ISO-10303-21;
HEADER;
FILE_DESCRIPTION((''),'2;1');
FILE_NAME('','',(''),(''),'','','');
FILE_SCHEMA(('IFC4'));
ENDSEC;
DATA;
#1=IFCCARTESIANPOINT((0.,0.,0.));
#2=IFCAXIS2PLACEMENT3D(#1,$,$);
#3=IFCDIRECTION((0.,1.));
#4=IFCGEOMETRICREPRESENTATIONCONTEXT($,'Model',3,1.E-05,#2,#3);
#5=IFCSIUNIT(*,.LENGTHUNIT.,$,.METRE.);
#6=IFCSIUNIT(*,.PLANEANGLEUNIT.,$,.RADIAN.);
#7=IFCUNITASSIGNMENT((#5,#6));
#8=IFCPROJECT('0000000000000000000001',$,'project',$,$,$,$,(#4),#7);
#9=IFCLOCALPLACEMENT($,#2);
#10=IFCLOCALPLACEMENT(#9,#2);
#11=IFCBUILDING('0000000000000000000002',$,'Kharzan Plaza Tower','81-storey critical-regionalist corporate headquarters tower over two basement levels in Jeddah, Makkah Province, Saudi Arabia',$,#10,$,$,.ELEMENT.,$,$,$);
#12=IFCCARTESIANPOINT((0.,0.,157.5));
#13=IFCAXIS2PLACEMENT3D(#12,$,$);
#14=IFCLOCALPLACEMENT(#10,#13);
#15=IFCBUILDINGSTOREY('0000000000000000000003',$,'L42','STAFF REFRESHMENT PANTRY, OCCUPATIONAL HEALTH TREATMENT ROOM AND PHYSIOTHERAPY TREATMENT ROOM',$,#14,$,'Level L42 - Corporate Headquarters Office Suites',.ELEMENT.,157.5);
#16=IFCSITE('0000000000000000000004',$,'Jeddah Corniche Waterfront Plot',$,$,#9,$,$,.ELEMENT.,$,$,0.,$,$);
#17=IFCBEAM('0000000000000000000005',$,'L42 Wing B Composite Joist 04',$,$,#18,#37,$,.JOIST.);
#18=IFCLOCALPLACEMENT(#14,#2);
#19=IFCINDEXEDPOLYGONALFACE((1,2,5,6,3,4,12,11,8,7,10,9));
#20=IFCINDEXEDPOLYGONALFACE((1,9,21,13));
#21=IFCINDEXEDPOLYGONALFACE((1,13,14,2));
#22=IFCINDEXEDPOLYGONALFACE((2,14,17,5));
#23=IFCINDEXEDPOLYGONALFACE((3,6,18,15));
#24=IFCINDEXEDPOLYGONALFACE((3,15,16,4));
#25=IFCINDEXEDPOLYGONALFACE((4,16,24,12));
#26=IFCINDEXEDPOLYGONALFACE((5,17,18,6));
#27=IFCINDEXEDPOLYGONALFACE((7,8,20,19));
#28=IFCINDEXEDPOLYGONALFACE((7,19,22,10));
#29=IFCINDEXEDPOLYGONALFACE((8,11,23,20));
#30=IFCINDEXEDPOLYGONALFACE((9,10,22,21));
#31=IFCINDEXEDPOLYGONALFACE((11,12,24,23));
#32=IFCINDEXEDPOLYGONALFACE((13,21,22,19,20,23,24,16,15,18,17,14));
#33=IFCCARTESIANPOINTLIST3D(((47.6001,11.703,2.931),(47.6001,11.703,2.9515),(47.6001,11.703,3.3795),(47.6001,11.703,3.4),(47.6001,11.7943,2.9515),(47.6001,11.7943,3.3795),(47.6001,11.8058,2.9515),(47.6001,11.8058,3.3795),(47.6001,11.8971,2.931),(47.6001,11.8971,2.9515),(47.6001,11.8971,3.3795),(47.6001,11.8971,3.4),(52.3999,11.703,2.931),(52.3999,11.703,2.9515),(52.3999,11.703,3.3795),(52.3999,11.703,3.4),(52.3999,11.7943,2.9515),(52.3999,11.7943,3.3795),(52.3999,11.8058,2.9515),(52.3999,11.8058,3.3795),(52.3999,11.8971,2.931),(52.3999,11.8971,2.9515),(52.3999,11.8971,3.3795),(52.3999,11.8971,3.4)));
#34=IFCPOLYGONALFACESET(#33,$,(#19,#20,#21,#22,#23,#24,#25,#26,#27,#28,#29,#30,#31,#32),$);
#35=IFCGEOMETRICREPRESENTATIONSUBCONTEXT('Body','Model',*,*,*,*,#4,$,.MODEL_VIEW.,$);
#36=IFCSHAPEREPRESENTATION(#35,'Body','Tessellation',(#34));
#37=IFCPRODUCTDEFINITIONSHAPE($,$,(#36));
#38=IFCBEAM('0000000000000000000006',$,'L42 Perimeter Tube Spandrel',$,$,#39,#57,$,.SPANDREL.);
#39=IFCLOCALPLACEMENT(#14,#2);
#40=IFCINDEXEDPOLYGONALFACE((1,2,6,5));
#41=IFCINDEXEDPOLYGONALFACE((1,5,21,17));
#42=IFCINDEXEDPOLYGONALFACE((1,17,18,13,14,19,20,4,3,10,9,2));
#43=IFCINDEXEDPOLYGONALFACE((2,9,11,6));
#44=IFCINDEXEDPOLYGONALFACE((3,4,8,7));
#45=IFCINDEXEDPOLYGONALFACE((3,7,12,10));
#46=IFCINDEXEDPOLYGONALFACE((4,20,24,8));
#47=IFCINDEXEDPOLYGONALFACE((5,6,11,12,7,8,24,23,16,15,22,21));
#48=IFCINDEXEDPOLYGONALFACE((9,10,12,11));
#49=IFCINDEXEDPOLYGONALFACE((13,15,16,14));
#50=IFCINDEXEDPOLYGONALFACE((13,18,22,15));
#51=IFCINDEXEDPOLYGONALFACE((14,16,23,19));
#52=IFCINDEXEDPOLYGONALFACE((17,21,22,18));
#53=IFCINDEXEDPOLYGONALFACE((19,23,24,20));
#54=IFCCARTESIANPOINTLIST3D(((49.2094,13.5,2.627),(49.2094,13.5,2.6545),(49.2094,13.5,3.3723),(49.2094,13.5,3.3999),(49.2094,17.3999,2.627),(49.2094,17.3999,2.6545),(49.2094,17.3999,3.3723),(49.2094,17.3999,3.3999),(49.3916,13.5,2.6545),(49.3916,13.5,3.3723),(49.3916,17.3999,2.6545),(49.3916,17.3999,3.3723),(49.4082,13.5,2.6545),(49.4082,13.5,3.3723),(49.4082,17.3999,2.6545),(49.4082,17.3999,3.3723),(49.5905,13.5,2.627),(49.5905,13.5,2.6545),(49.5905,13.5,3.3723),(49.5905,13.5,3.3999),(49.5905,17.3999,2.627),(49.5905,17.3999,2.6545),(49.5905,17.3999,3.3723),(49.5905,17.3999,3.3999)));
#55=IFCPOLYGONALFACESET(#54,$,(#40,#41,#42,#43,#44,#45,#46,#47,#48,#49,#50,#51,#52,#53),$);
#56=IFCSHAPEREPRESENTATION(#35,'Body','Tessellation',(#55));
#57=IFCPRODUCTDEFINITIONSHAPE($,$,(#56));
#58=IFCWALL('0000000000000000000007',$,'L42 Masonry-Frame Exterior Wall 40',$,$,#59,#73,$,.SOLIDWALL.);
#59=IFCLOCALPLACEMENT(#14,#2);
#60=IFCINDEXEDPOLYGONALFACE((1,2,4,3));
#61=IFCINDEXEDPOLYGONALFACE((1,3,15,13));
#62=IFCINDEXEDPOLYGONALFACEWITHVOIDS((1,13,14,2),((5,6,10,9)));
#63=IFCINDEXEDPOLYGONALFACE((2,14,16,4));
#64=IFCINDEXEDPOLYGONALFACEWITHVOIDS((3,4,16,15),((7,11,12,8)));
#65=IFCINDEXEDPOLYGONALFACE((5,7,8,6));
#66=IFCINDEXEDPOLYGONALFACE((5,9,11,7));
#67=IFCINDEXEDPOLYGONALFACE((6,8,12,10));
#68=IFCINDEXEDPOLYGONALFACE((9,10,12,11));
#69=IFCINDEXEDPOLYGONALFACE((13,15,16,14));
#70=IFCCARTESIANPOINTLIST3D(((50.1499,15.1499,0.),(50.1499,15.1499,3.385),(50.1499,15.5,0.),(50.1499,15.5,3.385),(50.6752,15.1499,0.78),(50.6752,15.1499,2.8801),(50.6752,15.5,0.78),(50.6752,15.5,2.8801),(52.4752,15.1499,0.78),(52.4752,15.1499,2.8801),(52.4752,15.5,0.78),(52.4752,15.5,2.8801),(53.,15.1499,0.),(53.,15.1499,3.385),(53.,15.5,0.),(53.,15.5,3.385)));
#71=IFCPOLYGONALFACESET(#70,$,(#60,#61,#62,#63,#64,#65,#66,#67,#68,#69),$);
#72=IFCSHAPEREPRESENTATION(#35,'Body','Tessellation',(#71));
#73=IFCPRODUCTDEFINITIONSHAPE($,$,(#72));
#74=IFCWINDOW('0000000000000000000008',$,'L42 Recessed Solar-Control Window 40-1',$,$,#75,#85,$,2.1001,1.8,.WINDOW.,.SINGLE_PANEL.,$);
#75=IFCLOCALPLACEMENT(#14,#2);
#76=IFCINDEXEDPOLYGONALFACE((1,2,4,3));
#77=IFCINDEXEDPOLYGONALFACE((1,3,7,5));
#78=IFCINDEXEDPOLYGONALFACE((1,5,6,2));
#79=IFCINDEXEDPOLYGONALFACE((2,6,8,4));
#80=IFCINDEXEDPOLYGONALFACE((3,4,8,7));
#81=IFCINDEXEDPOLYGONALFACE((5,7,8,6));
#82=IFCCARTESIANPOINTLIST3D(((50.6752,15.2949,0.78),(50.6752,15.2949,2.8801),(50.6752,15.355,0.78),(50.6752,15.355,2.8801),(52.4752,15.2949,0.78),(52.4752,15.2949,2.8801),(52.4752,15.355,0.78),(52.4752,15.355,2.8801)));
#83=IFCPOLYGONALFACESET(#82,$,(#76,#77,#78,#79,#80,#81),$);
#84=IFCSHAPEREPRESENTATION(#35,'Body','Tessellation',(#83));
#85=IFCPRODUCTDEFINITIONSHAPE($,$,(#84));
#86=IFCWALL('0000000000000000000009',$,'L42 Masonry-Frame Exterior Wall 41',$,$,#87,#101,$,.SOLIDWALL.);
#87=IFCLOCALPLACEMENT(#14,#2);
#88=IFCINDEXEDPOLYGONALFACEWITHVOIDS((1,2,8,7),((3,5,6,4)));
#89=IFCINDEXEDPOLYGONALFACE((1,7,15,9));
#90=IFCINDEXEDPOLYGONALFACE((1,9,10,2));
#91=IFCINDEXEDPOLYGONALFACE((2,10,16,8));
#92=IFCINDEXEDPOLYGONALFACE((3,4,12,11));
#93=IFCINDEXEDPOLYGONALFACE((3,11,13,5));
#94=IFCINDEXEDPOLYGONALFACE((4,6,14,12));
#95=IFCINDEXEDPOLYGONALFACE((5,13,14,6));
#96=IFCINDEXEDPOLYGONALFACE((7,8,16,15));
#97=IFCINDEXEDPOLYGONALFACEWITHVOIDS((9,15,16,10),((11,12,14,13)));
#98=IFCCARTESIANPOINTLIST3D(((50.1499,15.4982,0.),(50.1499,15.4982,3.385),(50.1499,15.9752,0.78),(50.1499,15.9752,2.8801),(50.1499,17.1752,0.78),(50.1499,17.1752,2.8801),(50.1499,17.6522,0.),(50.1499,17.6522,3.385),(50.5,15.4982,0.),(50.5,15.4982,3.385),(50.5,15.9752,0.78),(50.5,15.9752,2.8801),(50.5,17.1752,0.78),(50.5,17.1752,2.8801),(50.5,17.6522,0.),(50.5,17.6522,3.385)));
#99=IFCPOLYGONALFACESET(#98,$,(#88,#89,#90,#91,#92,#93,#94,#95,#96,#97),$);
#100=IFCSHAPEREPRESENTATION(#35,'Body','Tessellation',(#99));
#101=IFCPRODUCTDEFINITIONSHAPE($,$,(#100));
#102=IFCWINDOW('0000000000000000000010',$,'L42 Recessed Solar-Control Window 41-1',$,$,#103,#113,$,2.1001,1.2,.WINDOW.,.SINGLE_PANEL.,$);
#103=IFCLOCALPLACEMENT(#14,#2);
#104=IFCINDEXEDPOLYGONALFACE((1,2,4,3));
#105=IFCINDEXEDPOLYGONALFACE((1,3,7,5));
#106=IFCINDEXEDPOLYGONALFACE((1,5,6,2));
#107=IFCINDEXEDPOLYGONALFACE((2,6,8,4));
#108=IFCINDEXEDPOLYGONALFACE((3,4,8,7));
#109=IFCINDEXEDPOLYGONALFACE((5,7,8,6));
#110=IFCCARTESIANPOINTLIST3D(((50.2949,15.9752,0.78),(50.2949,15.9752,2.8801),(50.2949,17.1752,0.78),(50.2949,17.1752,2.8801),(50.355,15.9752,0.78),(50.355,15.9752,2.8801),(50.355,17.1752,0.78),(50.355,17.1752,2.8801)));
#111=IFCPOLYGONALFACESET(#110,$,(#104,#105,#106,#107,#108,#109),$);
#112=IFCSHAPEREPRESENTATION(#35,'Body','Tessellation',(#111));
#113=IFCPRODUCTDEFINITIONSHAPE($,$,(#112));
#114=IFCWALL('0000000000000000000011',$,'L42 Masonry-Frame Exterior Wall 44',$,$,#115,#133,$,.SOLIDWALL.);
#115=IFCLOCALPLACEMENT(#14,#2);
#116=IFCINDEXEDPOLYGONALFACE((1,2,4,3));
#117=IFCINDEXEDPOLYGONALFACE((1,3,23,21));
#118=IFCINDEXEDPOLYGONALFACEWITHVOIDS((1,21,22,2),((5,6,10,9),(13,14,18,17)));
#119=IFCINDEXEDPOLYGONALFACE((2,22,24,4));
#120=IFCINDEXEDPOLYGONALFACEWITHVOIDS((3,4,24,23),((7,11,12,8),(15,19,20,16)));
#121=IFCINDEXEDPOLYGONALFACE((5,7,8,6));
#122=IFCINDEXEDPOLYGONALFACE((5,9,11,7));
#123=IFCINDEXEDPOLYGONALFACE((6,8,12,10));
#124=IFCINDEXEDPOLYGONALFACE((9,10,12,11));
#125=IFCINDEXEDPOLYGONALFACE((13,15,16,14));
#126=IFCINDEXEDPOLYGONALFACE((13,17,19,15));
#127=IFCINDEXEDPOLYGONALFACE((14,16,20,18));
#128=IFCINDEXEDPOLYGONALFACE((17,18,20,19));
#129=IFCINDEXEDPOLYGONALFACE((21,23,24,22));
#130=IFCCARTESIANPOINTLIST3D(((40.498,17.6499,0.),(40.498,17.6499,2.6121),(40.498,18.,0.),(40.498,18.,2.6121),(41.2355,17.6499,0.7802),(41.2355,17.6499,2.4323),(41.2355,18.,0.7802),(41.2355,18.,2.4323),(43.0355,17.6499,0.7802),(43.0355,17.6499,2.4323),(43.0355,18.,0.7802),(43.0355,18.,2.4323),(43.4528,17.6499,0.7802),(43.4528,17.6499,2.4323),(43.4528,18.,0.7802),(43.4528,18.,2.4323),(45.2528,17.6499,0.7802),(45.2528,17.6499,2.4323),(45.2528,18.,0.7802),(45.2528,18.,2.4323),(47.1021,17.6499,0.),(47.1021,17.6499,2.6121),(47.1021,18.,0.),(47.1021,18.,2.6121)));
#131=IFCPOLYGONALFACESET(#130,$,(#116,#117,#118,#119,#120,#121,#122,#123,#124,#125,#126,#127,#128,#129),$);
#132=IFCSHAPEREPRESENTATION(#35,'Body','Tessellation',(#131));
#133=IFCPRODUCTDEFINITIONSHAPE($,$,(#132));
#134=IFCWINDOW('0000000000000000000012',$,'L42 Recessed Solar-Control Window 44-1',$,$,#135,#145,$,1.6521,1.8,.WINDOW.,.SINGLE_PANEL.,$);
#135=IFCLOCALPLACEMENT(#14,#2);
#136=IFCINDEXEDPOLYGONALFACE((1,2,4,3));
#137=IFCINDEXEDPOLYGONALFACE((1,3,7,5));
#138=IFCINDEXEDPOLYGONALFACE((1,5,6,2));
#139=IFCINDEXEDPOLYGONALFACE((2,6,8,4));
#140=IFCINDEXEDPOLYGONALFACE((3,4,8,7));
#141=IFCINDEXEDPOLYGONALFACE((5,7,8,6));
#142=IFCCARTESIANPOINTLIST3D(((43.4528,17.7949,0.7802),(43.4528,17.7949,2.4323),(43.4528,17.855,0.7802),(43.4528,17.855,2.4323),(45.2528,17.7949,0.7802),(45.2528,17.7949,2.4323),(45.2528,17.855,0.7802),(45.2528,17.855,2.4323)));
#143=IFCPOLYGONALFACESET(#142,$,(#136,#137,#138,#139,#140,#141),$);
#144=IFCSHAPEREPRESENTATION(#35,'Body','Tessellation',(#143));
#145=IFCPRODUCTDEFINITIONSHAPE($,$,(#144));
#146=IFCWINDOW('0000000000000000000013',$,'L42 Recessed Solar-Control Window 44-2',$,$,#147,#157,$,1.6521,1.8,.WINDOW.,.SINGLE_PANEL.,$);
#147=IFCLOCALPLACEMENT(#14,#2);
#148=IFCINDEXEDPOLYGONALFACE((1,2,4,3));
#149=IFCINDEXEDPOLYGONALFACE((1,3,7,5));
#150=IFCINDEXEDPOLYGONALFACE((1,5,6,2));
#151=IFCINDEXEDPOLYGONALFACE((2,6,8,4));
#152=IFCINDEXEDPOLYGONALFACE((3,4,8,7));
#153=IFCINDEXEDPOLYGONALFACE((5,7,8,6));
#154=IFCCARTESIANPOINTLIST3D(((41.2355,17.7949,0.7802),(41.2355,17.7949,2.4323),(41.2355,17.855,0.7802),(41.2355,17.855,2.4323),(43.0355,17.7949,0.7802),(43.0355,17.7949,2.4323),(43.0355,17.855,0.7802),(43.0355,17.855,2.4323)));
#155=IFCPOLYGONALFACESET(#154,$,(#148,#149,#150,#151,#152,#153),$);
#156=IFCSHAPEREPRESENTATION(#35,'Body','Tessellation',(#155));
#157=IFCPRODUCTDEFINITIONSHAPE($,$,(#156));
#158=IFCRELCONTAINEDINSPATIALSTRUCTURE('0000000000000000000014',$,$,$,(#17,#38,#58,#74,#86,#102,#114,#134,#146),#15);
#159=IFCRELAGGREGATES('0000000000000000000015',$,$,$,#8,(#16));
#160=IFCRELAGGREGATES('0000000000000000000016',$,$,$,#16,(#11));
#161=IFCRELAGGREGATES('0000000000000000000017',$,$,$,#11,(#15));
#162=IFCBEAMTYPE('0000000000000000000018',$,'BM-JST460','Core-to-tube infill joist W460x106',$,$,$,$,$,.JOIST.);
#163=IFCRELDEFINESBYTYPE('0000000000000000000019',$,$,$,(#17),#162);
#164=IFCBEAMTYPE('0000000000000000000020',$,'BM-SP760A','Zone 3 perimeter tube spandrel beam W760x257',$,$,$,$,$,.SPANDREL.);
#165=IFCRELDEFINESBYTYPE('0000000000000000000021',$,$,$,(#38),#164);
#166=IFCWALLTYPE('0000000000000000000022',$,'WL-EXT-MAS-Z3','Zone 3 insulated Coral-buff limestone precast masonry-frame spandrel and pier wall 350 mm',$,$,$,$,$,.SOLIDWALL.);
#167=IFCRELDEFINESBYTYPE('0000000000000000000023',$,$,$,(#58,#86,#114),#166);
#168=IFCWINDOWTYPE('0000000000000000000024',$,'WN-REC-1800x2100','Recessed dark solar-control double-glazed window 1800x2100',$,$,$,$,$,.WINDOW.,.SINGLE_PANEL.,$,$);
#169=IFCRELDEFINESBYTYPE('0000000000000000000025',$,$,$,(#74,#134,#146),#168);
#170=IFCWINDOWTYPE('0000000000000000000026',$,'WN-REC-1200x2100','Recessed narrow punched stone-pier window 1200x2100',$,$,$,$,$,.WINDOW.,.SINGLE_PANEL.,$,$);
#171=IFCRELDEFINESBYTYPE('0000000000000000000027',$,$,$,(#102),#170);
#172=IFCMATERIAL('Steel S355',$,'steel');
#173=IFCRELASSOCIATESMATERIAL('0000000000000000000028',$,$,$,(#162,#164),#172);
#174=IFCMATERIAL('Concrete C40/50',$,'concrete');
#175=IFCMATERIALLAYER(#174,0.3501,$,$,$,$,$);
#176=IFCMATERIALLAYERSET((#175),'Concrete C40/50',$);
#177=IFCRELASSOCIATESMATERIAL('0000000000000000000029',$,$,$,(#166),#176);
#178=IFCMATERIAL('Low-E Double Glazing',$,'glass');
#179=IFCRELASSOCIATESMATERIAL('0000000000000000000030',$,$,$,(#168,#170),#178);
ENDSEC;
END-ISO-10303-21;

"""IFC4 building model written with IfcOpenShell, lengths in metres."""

from ifc_helpers import new_model, si_unit, direction, frame, frame_2d, origin, origin_2d, place, context, subcontext, project, spatial, rectangle, i_section, extrude, source, transform, mapped, material, layer, layer_set, material_profile, profile_set, type_object, element, fill, save


model = new_model("IFC4")

# Units and contexts
model_context = context("Model", 3, precision=1e-05, world=origin(), true_north=direction((0.0, 1.0)))
body_context = subcontext(model_context, "Body", "Model", "MODEL_VIEW")
ifc_project = project(units=[si_unit("LENGTHUNIT", "METRE"), si_unit("PLANEANGLEUNIT", "RADIAN")], contexts=[model_context])

# Site, building, storey
site_placement = place(None, origin())
site = spatial("IfcSite", under=ifc_project, at=site_placement, Name="Jeddah Corniche Waterfront Plot", CompositionType="ELEMENT", RefElevation=0.0)
building_placement = place(site_placement, origin())
building = spatial("IfcBuilding", under=site, at=building_placement, Name="Kharzan Plaza Tower", Description="81-storey critical-regionalist corporate headquarters tower over two basement levels in Jeddah, Makkah Province, Saudi Arabia", CompositionType="ELEMENT")
storey_placement = place(building_placement, frame((0.0, 0.0, 157.5)))
storey = spatial("IfcBuildingStorey", under=building, at=storey_placement, Name="L42", Description="STAFF REFRESHMENT PANTRY, OCCUPATIONAL HEALTH TREATMENT ROOM AND PHYSIOTHERAPY TREATMENT ROOM", LongName="Level L42 - Corporate Headquarters Office Suites", CompositionType="ELEMENT", Elevation=157.5)

# Beams
ifc_material_1 = material(Name="Steel S355", Category="steel")
ifc_material_profile_1 = material_profile(ifc_material_1, i_section(OverallWidth=0.1941, OverallDepth=0.469, WebThickness=0.0115, FlangeThickness=0.0205, at=origin_2d()), Name="W460x106")
ifc_profile_set_1 = profile_set([ifc_material_profile_1], Name="Steel S355")
beam_type_1 = type_object("IfcBeamType", Name="BM-JST460", Description="Core-to-tube infill joist W460x106", PredefinedType="JOIST", material=ifc_profile_set_1)
shared_shape_1 = source(origin(), body_context, "Body", "SweptSolid", [
    extrude(i_section(OverallWidth=0.1941, OverallDepth=0.469, WebThickness=0.0115, FlangeThickness=0.0205, at=origin_2d()), origin(), (0.0, 0.0, 1.0), 4.7998),
])
for number, where, z_axis, x_axis, name in (
    (1, (47.6001, 11.8, 3.1655), (1.0, 0.0, 0.0), (0.0, 1.0, 0.0), "L42 Wing B Composite Joist 04"),
):
    element("IfcBeam", number, at=place(storey_placement, frame(where, z_axis=z_axis, x_axis=x_axis)), inside=storey, type_object=beam_type_1, Name=name, PredefinedType="JOIST", context=body_context, shape_type="MappedRepresentation", body=[
        mapped(shared_shape_1, transform((0.0, 0.0, 0.0), x_axis=(1.0, 0.0, 0.0), y_axis=(0.0, 1.0, 0.0), z_axis=(0.0, 0.0, 1.0))),
    ])
ifc_material_profile_2 = material_profile(ifc_material_1, i_section(OverallWidth=0.3811, OverallDepth=0.7729, WebThickness=0.0166, FlangeThickness=0.0276, at=origin_2d()), Name="W760x257")
ifc_profile_set_2 = profile_set([ifc_material_profile_2], Name="Steel S355")
beam_type_2 = type_object("IfcBeamType", Name="BM-SP760A", Description="Zone 3 perimeter tube spandrel beam W760x257", PredefinedType="SPANDREL", material=ifc_profile_set_2)
shared_shape_2 = source(origin(), body_context, "Body", "SweptSolid", [
    extrude(i_section(OverallWidth=0.3811, OverallDepth=0.7729, WebThickness=0.0166, FlangeThickness=0.0276, at=origin_2d()), origin(), (0.0, 0.0, 1.0), 3.8999),
])
beam_1_placement = place(storey_placement, frame((49.3999, 13.5, 3.0134), z_axis=(0.0, 1.0, 0.0), x_axis=(-1.0, 0.0, 0.0)))
element("IfcBeam", 2, at=beam_1_placement, inside=storey, type_object=beam_type_2, Name="L42 Perimeter Tube Spandrel", PredefinedType="SPANDREL", context=body_context, shape_type="MappedRepresentation", body=[
    mapped(shared_shape_2, transform((0.0, 0.0, 0.0), x_axis=(1.0, 0.0, 0.0), y_axis=(0.0, 1.0, 0.0), z_axis=(0.0, 0.0, 1.0))),
])

# Walls, openings, windows
ifc_material_2 = material(Name="Concrete C40/50", Category="concrete")
ifc_layer_1 = layer(ifc_material_2, 0.3501)
ifc_layer_set_1 = layer_set([ifc_layer_1], Name="Concrete C40/50")
wall_type_1 = type_object("IfcWallType", Name="WL-EXT-MAS-Z3", Description="Zone 3 insulated Coral-buff limestone precast masonry-frame spandrel and pier wall 350 mm", PredefinedType="SOLIDWALL", material=ifc_layer_set_1)
wall_1_placement = place(storey_placement, frame((53.0, 15.325, 0.0), z_axis=(0.0, 0.0, 1.0), x_axis=(-1.0, 0.0, 0.0)))
wall_1 = element("IfcWall", 3, at=wall_1_placement, inside=storey, type_object=wall_type_1, Name="L42 Masonry-Frame Exterior Wall 40", PredefinedType="SOLIDWALL", context=body_context, shape_type="SweptSolid", body=[
    extrude(rectangle(XDim=2.8501, YDim=0.3501, at=frame_2d((1.425, 0.0))), origin(), (0.0, 0.0, 1.0), 3.385),
])
opening_1_placement = place(wall_1_placement, frame((0.5249, 0.0, 0.78)))
opening_1 = element("IfcOpeningElement", 4, at=opening_1_placement, cuts=wall_1, PredefinedType="OPENING", context=body_context, shape_type="SweptSolid", body=[
    extrude(rectangle(XDim=1.8, YDim=2.1001, at=frame_2d((0.8999, 1.05))), frame((0.0, 0.1851, 0.0), z_axis=(0.0, -1.0, 0.0), x_axis=(1.0, 0.0, 0.0)), (0.0, 0.0, 1.0), 0.3701),
])
ifc_material_3 = material(Name="Low-E Double Glazing", Category="glass")
window_type_1 = type_object("IfcWindowType", Name="WN-REC-1800x2100", Description="Recessed dark solar-control double-glazed window 1800x2100", PartitioningType="SINGLE_PANEL", PredefinedType="WINDOW", material=ifc_material_3)
shared_shape_3 = source(origin(), body_context, "Body", "SweptSolid", [
    extrude(rectangle(XDim=1.8, YDim=2.1001, at=frame_2d((0.8999, 1.05))), frame((0.0, 0.03, 0.0), z_axis=(0.0, -1.0, 0.0), x_axis=(1.0, 0.0, 0.0)), (0.0, 0.0, 1.0), 0.0601),
])
window_1_placement = place(opening_1_placement, origin())
window_1 = element("IfcWindow", 5, at=window_1_placement, inside=storey, type_object=window_type_1, Name="L42 Recessed Solar-Control Window 40-1", OverallHeight=2.1001, OverallWidth=1.8, PartitioningType="SINGLE_PANEL", PredefinedType="WINDOW", context=body_context, shape_type="MappedRepresentation", body=[
    mapped(shared_shape_3, transform((0.0, 0.0, 0.0), x_axis=(1.0, 0.0, 0.0), y_axis=(0.0, 1.0, 0.0), z_axis=(0.0, 0.0, 1.0))),
])
fill(opening_1, window_1)
wall_2_placement = place(storey_placement, frame((50.325, 15.498, 0.0), z_axis=(0.0, 0.0, 1.0), x_axis=(0.0, 1.0, 0.0)))
wall_2 = element("IfcWall", 6, at=wall_2_placement, inside=storey, type_object=wall_type_1, Name="L42 Masonry-Frame Exterior Wall 41", PredefinedType="SOLIDWALL", context=body_context, shape_type="SweptSolid", body=[
    extrude(rectangle(XDim=2.1541, YDim=0.3501, at=frame_2d((1.0771, 0.0))), origin(), (0.0, 0.0, 1.0), 3.385),
])
opening_2_placement = place(wall_2_placement, frame((0.4771, 0.0, 0.78)))
opening_2 = element("IfcOpeningElement", 7, at=opening_2_placement, cuts=wall_2, PredefinedType="OPENING", context=body_context, shape_type="SweptSolid", body=[
    extrude(rectangle(XDim=1.2, YDim=2.1001, at=frame_2d((0.6001, 1.05))), frame((0.0, 0.1851, 0.0), z_axis=(0.0, -1.0, 0.0), x_axis=(1.0, 0.0, 0.0)), (0.0, 0.0, 1.0), 0.3701),
])
window_type_2 = type_object("IfcWindowType", Name="WN-REC-1200x2100", Description="Recessed narrow punched stone-pier window 1200x2100", PartitioningType="SINGLE_PANEL", PredefinedType="WINDOW", material=ifc_material_3)
shared_shape_4 = source(origin(), body_context, "Body", "SweptSolid", [
    extrude(rectangle(XDim=1.2, YDim=2.1001, at=frame_2d((0.6001, 1.05))), frame((0.0, 0.03, 0.0), z_axis=(0.0, -1.0, 0.0), x_axis=(1.0, 0.0, 0.0)), (0.0, 0.0, 1.0), 0.0601),
])
window_2_placement = place(opening_2_placement, origin())
window_2 = element("IfcWindow", 8, at=window_2_placement, inside=storey, type_object=window_type_2, Name="L42 Recessed Solar-Control Window 41-1", OverallHeight=2.1001, OverallWidth=1.2, PartitioningType="SINGLE_PANEL", PredefinedType="WINDOW", context=body_context, shape_type="MappedRepresentation", body=[
    mapped(shared_shape_4, transform((0.0, 0.0, 0.0), x_axis=(1.0, 0.0, 0.0), y_axis=(0.0, 1.0, 0.0), z_axis=(0.0, 0.0, 1.0))),
])
fill(opening_2, window_2)

# Wall, openings, windows
wall_3_placement = place(storey_placement, frame((47.1021, 17.825, 0.0), z_axis=(0.0, 0.0, 1.0), x_axis=(-1.0, 0.0, 0.0)))
wall_3 = element("IfcWall", 9, at=wall_3_placement, inside=storey, type_object=wall_type_1, Name="L42 Masonry-Frame Exterior Wall 44", PredefinedType="SOLIDWALL", context=body_context, shape_type="SweptSolid", body=[
    extrude(rectangle(XDim=6.604, YDim=0.3501, at=frame_2d((3.302, 0.0))), origin(), (0.0, 0.0, 1.0), 2.6121),
])
opening_3_placement = place(wall_3_placement, frame((1.8494, 0.0, 0.78)))
opening_3 = element("IfcOpeningElement", 10, at=opening_3_placement, cuts=wall_3, PredefinedType="OPENING", context=body_context, shape_type="SweptSolid", body=[
    extrude(rectangle(XDim=1.8, YDim=1.6521, at=frame_2d((0.8999, 0.8262))), frame((0.0, 0.1851, 0.0), z_axis=(0.0, -1.0, 0.0), x_axis=(1.0, 0.0, 0.0)), (0.0, 0.0, 1.0), 0.3701),
])
opening_4_placement = place(wall_3_placement, frame((4.0667, 0.0, 0.78)))
opening_4 = element("IfcOpeningElement", 11, at=opening_4_placement, cuts=wall_3, PredefinedType="OPENING", context=body_context, shape_type="SweptSolid", body=[
    extrude(rectangle(XDim=1.8, YDim=1.6521, at=frame_2d((0.8999, 0.8262))), frame((0.0, 0.1851, 0.0), z_axis=(0.0, -1.0, 0.0), x_axis=(1.0, 0.0, 0.0)), (0.0, 0.0, 1.0), 0.3701),
])
shared_shape_5 = source(origin(), body_context, "Body", "SweptSolid", [
    extrude(rectangle(XDim=1.8, YDim=1.6521, at=frame_2d((0.8999, 0.8262))), frame((0.0, 0.03, 0.0), z_axis=(0.0, -1.0, 0.0), x_axis=(1.0, 0.0, 0.0)), (0.0, 0.0, 1.0), 0.0601),
])
window_3_placement = place(opening_3_placement, origin())
window_3 = element("IfcWindow", 12, at=window_3_placement, inside=storey, type_object=window_type_1, Name="L42 Recessed Solar-Control Window 44-1", OverallHeight=1.6521, OverallWidth=1.8, PartitioningType="SINGLE_PANEL", PredefinedType="WINDOW", context=body_context, shape_type="MappedRepresentation", body=[
    mapped(shared_shape_5, transform((0.0, 0.0, 0.0), x_axis=(1.0, 0.0, 0.0), y_axis=(0.0, 1.0, 0.0), z_axis=(0.0, 0.0, 1.0))),
])
fill(opening_3, window_3)
window_4_placement = place(opening_4_placement, origin())
window_4 = element("IfcWindow", 13, at=window_4_placement, inside=storey, type_object=window_type_1, Name="L42 Recessed Solar-Control Window 44-2", OverallHeight=1.6521, OverallWidth=1.8, PartitioningType="SINGLE_PANEL", PredefinedType="WINDOW", context=body_context, shape_type="MappedRepresentation", body=[
    mapped(shared_shape_5, transform((0.0, 0.0, 0.0), x_axis=(1.0, 0.0, 0.0), y_axis=(0.0, 1.0, 0.0), z_axis=(0.0, 0.0, 1.0))),
])
fill(opening_4, window_4)

save(model, "model.ifc")
